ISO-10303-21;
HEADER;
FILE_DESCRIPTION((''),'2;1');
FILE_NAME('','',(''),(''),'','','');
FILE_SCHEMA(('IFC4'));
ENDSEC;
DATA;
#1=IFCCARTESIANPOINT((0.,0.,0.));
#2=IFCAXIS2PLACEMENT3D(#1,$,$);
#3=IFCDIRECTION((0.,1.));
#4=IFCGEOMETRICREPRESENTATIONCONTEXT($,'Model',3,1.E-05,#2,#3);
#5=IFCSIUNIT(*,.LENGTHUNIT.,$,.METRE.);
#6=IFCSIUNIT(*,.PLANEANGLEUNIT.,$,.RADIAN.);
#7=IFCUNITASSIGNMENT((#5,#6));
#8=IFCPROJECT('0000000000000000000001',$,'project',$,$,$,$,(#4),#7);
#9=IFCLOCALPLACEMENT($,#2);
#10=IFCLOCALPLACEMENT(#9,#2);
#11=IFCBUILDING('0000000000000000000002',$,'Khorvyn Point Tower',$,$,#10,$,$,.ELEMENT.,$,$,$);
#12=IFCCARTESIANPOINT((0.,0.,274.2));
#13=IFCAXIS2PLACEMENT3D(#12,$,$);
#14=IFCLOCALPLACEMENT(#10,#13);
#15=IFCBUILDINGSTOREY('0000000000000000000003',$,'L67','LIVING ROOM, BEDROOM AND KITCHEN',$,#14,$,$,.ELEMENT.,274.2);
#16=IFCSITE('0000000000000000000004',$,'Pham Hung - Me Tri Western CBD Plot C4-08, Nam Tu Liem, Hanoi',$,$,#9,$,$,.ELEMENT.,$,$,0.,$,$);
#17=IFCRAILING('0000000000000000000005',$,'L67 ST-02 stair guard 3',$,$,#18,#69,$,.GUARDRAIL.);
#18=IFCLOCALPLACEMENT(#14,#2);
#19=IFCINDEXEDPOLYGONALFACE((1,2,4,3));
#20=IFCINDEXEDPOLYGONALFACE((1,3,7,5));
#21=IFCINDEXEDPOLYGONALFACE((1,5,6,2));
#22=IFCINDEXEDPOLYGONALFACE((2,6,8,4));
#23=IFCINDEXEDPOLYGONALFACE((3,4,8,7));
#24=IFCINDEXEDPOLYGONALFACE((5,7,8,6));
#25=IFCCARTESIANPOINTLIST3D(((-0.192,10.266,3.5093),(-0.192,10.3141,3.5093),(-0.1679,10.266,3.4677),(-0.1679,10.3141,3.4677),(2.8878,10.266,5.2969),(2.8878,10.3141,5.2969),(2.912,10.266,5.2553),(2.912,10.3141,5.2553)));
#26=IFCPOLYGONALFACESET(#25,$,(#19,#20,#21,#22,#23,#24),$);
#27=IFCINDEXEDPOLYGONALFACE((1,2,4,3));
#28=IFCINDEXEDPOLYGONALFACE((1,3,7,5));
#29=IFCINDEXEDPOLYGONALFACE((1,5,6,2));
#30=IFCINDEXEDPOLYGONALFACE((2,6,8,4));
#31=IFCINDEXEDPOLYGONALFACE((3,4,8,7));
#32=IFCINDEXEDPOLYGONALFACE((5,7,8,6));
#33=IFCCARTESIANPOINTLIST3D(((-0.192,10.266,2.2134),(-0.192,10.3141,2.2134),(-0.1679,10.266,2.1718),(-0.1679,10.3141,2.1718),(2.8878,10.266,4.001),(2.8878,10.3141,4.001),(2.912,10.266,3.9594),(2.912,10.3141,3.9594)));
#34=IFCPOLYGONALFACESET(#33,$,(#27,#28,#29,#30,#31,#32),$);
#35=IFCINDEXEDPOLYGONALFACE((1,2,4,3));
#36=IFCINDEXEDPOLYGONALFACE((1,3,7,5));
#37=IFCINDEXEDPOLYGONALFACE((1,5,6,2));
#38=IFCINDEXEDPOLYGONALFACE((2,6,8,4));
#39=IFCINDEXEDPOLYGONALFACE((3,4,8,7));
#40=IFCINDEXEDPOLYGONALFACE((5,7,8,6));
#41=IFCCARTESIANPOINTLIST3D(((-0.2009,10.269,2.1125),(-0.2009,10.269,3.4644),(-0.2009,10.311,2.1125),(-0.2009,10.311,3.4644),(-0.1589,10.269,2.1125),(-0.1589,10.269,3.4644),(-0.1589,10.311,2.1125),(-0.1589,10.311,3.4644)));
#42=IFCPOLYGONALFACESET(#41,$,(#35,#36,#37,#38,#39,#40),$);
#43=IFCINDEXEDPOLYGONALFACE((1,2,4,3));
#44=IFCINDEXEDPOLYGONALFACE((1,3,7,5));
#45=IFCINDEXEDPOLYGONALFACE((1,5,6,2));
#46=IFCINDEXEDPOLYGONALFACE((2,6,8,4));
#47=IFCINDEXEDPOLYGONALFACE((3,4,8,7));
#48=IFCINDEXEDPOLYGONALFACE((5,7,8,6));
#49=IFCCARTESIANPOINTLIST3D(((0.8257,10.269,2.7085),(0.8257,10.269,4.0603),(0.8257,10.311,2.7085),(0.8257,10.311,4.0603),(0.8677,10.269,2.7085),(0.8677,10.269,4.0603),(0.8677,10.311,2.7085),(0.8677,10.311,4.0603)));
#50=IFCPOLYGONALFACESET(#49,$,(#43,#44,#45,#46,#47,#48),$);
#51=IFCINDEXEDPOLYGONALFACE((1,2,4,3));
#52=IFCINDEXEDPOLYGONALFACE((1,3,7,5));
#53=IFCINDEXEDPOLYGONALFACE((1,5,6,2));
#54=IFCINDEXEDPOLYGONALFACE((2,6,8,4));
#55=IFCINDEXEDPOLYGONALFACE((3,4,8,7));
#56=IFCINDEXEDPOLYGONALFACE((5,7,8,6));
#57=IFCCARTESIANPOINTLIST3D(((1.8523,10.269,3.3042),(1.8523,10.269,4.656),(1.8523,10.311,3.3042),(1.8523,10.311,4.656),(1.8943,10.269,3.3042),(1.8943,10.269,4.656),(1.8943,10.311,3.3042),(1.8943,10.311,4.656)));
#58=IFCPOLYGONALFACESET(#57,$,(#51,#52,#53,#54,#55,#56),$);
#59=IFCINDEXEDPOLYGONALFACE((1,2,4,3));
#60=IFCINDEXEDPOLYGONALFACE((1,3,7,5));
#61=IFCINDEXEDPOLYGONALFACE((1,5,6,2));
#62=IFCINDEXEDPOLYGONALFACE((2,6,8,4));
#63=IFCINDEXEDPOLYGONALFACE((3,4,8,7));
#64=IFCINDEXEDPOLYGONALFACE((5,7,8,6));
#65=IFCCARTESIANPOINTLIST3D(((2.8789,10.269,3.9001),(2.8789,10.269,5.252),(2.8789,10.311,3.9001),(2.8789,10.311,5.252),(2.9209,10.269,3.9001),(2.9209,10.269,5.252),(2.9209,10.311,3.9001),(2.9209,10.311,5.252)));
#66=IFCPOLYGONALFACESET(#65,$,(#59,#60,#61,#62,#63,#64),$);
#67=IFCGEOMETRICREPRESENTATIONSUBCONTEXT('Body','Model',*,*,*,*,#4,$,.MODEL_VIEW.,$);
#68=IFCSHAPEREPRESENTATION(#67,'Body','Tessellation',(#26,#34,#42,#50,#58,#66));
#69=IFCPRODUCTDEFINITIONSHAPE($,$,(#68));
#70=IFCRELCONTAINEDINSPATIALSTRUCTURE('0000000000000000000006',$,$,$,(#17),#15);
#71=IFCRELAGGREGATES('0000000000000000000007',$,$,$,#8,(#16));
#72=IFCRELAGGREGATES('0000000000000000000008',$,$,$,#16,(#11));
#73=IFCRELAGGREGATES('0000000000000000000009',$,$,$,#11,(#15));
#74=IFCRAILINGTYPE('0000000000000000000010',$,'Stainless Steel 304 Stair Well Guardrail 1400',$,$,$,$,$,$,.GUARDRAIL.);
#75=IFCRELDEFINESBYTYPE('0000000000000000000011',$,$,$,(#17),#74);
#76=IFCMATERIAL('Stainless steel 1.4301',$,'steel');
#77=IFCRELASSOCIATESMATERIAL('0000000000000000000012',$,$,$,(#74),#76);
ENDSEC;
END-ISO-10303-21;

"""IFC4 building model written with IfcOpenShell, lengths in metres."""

from ifc_helpers import new_model, si_unit, direction, frame, origin, origin_2d, place, context, subcontext, project, spatial, rectangle, extrude, material, type_object, element, save


model = new_model("IFC4")

# Units and contexts
model_context = context("Model", 3, precision=1e-05, world=origin(), true_north=direction((0.0, 1.0)))
body_context = subcontext(model_context, "Body", "Model", "MODEL_VIEW")
ifc_project = project(units=[si_unit("LENGTHUNIT", "METRE"), si_unit("PLANEANGLEUNIT", "RADIAN")], contexts=[model_context])

# Site, building, storey
site_placement = place(None, origin())
site = spatial("IfcSite", under=ifc_project, at=site_placement, Name="Pham Hung - Me Tri Western CBD Plot C4-08, Nam Tu Liem, Hanoi", CompositionType="ELEMENT", RefElevation=0.0)
building_placement = place(site_placement, origin())
building = spatial("IfcBuilding", under=site, at=building_placement, Name="Khorvyn Point Tower", CompositionType="ELEMENT")
storey_placement = place(building_placement, frame((0.0, 0.0, 274.2)))
storey = spatial("IfcBuildingStorey", under=building, at=storey_placement, Name="L67", Description="LIVING ROOM, BEDROOM AND KITCHEN", CompositionType="ELEMENT", Elevation=274.2)

# Railing
ifc_material_1 = material(Name="Stainless steel 1.4301", Category="steel")
railing_type_1 = type_object("IfcRailingType", Name="Stainless Steel 304 Stair Well Guardrail 1400", PredefinedType="GUARDRAIL", material=ifc_material_1)
railing_1_placement = place(storey_placement, frame((-0.1799, 10.29, 2.1125)))
element("IfcRailing", 1, at=railing_1_placement, inside=storey, type_object=railing_type_1, Name="L67 ST-02 stair guard 3", PredefinedType="GUARDRAIL", context=body_context, shape_type="SweptSolid", body=[
    extrude(rectangle(XDim=0.0481, YDim=0.0481, at=origin_2d()), frame((0.0, 0.0, 1.376), z_axis=(0.864873, 0.0, 0.50199), x_axis=(0.0, 1.0, 0.0)), (0.0, 0.0, 1.0), 3.561),
    extrude(rectangle(XDim=0.0481, YDim=0.0481, at=origin_2d()), frame((0.0, 0.0, 0.0801), z_axis=(0.864873, 0.0, 0.50199), x_axis=(0.0, 1.0, 0.0)), (0.0, 0.0, 1.0), 3.561),
    extrude(rectangle(XDim=0.042, YDim=0.042, at=origin_2d()), origin(), (0.0, 0.0, 1.0), 1.3518),
    extrude(rectangle(XDim=0.042, YDim=0.042, at=origin_2d()), frame((1.0266, 0.0, 0.5959)), (0.0, 0.0, 1.0), 1.3518),
    extrude(rectangle(XDim=0.042, YDim=0.042, at=origin_2d()), frame((2.0532, 0.0, 1.1917)), (0.0, 0.0, 1.0), 1.3518),
    extrude(rectangle(XDim=0.042, YDim=0.042, at=origin_2d()), frame((3.0798, 0.0, 1.7876)), (0.0, 0.0, 1.0), 1.3518),
])

save(model, "model.ifc")
